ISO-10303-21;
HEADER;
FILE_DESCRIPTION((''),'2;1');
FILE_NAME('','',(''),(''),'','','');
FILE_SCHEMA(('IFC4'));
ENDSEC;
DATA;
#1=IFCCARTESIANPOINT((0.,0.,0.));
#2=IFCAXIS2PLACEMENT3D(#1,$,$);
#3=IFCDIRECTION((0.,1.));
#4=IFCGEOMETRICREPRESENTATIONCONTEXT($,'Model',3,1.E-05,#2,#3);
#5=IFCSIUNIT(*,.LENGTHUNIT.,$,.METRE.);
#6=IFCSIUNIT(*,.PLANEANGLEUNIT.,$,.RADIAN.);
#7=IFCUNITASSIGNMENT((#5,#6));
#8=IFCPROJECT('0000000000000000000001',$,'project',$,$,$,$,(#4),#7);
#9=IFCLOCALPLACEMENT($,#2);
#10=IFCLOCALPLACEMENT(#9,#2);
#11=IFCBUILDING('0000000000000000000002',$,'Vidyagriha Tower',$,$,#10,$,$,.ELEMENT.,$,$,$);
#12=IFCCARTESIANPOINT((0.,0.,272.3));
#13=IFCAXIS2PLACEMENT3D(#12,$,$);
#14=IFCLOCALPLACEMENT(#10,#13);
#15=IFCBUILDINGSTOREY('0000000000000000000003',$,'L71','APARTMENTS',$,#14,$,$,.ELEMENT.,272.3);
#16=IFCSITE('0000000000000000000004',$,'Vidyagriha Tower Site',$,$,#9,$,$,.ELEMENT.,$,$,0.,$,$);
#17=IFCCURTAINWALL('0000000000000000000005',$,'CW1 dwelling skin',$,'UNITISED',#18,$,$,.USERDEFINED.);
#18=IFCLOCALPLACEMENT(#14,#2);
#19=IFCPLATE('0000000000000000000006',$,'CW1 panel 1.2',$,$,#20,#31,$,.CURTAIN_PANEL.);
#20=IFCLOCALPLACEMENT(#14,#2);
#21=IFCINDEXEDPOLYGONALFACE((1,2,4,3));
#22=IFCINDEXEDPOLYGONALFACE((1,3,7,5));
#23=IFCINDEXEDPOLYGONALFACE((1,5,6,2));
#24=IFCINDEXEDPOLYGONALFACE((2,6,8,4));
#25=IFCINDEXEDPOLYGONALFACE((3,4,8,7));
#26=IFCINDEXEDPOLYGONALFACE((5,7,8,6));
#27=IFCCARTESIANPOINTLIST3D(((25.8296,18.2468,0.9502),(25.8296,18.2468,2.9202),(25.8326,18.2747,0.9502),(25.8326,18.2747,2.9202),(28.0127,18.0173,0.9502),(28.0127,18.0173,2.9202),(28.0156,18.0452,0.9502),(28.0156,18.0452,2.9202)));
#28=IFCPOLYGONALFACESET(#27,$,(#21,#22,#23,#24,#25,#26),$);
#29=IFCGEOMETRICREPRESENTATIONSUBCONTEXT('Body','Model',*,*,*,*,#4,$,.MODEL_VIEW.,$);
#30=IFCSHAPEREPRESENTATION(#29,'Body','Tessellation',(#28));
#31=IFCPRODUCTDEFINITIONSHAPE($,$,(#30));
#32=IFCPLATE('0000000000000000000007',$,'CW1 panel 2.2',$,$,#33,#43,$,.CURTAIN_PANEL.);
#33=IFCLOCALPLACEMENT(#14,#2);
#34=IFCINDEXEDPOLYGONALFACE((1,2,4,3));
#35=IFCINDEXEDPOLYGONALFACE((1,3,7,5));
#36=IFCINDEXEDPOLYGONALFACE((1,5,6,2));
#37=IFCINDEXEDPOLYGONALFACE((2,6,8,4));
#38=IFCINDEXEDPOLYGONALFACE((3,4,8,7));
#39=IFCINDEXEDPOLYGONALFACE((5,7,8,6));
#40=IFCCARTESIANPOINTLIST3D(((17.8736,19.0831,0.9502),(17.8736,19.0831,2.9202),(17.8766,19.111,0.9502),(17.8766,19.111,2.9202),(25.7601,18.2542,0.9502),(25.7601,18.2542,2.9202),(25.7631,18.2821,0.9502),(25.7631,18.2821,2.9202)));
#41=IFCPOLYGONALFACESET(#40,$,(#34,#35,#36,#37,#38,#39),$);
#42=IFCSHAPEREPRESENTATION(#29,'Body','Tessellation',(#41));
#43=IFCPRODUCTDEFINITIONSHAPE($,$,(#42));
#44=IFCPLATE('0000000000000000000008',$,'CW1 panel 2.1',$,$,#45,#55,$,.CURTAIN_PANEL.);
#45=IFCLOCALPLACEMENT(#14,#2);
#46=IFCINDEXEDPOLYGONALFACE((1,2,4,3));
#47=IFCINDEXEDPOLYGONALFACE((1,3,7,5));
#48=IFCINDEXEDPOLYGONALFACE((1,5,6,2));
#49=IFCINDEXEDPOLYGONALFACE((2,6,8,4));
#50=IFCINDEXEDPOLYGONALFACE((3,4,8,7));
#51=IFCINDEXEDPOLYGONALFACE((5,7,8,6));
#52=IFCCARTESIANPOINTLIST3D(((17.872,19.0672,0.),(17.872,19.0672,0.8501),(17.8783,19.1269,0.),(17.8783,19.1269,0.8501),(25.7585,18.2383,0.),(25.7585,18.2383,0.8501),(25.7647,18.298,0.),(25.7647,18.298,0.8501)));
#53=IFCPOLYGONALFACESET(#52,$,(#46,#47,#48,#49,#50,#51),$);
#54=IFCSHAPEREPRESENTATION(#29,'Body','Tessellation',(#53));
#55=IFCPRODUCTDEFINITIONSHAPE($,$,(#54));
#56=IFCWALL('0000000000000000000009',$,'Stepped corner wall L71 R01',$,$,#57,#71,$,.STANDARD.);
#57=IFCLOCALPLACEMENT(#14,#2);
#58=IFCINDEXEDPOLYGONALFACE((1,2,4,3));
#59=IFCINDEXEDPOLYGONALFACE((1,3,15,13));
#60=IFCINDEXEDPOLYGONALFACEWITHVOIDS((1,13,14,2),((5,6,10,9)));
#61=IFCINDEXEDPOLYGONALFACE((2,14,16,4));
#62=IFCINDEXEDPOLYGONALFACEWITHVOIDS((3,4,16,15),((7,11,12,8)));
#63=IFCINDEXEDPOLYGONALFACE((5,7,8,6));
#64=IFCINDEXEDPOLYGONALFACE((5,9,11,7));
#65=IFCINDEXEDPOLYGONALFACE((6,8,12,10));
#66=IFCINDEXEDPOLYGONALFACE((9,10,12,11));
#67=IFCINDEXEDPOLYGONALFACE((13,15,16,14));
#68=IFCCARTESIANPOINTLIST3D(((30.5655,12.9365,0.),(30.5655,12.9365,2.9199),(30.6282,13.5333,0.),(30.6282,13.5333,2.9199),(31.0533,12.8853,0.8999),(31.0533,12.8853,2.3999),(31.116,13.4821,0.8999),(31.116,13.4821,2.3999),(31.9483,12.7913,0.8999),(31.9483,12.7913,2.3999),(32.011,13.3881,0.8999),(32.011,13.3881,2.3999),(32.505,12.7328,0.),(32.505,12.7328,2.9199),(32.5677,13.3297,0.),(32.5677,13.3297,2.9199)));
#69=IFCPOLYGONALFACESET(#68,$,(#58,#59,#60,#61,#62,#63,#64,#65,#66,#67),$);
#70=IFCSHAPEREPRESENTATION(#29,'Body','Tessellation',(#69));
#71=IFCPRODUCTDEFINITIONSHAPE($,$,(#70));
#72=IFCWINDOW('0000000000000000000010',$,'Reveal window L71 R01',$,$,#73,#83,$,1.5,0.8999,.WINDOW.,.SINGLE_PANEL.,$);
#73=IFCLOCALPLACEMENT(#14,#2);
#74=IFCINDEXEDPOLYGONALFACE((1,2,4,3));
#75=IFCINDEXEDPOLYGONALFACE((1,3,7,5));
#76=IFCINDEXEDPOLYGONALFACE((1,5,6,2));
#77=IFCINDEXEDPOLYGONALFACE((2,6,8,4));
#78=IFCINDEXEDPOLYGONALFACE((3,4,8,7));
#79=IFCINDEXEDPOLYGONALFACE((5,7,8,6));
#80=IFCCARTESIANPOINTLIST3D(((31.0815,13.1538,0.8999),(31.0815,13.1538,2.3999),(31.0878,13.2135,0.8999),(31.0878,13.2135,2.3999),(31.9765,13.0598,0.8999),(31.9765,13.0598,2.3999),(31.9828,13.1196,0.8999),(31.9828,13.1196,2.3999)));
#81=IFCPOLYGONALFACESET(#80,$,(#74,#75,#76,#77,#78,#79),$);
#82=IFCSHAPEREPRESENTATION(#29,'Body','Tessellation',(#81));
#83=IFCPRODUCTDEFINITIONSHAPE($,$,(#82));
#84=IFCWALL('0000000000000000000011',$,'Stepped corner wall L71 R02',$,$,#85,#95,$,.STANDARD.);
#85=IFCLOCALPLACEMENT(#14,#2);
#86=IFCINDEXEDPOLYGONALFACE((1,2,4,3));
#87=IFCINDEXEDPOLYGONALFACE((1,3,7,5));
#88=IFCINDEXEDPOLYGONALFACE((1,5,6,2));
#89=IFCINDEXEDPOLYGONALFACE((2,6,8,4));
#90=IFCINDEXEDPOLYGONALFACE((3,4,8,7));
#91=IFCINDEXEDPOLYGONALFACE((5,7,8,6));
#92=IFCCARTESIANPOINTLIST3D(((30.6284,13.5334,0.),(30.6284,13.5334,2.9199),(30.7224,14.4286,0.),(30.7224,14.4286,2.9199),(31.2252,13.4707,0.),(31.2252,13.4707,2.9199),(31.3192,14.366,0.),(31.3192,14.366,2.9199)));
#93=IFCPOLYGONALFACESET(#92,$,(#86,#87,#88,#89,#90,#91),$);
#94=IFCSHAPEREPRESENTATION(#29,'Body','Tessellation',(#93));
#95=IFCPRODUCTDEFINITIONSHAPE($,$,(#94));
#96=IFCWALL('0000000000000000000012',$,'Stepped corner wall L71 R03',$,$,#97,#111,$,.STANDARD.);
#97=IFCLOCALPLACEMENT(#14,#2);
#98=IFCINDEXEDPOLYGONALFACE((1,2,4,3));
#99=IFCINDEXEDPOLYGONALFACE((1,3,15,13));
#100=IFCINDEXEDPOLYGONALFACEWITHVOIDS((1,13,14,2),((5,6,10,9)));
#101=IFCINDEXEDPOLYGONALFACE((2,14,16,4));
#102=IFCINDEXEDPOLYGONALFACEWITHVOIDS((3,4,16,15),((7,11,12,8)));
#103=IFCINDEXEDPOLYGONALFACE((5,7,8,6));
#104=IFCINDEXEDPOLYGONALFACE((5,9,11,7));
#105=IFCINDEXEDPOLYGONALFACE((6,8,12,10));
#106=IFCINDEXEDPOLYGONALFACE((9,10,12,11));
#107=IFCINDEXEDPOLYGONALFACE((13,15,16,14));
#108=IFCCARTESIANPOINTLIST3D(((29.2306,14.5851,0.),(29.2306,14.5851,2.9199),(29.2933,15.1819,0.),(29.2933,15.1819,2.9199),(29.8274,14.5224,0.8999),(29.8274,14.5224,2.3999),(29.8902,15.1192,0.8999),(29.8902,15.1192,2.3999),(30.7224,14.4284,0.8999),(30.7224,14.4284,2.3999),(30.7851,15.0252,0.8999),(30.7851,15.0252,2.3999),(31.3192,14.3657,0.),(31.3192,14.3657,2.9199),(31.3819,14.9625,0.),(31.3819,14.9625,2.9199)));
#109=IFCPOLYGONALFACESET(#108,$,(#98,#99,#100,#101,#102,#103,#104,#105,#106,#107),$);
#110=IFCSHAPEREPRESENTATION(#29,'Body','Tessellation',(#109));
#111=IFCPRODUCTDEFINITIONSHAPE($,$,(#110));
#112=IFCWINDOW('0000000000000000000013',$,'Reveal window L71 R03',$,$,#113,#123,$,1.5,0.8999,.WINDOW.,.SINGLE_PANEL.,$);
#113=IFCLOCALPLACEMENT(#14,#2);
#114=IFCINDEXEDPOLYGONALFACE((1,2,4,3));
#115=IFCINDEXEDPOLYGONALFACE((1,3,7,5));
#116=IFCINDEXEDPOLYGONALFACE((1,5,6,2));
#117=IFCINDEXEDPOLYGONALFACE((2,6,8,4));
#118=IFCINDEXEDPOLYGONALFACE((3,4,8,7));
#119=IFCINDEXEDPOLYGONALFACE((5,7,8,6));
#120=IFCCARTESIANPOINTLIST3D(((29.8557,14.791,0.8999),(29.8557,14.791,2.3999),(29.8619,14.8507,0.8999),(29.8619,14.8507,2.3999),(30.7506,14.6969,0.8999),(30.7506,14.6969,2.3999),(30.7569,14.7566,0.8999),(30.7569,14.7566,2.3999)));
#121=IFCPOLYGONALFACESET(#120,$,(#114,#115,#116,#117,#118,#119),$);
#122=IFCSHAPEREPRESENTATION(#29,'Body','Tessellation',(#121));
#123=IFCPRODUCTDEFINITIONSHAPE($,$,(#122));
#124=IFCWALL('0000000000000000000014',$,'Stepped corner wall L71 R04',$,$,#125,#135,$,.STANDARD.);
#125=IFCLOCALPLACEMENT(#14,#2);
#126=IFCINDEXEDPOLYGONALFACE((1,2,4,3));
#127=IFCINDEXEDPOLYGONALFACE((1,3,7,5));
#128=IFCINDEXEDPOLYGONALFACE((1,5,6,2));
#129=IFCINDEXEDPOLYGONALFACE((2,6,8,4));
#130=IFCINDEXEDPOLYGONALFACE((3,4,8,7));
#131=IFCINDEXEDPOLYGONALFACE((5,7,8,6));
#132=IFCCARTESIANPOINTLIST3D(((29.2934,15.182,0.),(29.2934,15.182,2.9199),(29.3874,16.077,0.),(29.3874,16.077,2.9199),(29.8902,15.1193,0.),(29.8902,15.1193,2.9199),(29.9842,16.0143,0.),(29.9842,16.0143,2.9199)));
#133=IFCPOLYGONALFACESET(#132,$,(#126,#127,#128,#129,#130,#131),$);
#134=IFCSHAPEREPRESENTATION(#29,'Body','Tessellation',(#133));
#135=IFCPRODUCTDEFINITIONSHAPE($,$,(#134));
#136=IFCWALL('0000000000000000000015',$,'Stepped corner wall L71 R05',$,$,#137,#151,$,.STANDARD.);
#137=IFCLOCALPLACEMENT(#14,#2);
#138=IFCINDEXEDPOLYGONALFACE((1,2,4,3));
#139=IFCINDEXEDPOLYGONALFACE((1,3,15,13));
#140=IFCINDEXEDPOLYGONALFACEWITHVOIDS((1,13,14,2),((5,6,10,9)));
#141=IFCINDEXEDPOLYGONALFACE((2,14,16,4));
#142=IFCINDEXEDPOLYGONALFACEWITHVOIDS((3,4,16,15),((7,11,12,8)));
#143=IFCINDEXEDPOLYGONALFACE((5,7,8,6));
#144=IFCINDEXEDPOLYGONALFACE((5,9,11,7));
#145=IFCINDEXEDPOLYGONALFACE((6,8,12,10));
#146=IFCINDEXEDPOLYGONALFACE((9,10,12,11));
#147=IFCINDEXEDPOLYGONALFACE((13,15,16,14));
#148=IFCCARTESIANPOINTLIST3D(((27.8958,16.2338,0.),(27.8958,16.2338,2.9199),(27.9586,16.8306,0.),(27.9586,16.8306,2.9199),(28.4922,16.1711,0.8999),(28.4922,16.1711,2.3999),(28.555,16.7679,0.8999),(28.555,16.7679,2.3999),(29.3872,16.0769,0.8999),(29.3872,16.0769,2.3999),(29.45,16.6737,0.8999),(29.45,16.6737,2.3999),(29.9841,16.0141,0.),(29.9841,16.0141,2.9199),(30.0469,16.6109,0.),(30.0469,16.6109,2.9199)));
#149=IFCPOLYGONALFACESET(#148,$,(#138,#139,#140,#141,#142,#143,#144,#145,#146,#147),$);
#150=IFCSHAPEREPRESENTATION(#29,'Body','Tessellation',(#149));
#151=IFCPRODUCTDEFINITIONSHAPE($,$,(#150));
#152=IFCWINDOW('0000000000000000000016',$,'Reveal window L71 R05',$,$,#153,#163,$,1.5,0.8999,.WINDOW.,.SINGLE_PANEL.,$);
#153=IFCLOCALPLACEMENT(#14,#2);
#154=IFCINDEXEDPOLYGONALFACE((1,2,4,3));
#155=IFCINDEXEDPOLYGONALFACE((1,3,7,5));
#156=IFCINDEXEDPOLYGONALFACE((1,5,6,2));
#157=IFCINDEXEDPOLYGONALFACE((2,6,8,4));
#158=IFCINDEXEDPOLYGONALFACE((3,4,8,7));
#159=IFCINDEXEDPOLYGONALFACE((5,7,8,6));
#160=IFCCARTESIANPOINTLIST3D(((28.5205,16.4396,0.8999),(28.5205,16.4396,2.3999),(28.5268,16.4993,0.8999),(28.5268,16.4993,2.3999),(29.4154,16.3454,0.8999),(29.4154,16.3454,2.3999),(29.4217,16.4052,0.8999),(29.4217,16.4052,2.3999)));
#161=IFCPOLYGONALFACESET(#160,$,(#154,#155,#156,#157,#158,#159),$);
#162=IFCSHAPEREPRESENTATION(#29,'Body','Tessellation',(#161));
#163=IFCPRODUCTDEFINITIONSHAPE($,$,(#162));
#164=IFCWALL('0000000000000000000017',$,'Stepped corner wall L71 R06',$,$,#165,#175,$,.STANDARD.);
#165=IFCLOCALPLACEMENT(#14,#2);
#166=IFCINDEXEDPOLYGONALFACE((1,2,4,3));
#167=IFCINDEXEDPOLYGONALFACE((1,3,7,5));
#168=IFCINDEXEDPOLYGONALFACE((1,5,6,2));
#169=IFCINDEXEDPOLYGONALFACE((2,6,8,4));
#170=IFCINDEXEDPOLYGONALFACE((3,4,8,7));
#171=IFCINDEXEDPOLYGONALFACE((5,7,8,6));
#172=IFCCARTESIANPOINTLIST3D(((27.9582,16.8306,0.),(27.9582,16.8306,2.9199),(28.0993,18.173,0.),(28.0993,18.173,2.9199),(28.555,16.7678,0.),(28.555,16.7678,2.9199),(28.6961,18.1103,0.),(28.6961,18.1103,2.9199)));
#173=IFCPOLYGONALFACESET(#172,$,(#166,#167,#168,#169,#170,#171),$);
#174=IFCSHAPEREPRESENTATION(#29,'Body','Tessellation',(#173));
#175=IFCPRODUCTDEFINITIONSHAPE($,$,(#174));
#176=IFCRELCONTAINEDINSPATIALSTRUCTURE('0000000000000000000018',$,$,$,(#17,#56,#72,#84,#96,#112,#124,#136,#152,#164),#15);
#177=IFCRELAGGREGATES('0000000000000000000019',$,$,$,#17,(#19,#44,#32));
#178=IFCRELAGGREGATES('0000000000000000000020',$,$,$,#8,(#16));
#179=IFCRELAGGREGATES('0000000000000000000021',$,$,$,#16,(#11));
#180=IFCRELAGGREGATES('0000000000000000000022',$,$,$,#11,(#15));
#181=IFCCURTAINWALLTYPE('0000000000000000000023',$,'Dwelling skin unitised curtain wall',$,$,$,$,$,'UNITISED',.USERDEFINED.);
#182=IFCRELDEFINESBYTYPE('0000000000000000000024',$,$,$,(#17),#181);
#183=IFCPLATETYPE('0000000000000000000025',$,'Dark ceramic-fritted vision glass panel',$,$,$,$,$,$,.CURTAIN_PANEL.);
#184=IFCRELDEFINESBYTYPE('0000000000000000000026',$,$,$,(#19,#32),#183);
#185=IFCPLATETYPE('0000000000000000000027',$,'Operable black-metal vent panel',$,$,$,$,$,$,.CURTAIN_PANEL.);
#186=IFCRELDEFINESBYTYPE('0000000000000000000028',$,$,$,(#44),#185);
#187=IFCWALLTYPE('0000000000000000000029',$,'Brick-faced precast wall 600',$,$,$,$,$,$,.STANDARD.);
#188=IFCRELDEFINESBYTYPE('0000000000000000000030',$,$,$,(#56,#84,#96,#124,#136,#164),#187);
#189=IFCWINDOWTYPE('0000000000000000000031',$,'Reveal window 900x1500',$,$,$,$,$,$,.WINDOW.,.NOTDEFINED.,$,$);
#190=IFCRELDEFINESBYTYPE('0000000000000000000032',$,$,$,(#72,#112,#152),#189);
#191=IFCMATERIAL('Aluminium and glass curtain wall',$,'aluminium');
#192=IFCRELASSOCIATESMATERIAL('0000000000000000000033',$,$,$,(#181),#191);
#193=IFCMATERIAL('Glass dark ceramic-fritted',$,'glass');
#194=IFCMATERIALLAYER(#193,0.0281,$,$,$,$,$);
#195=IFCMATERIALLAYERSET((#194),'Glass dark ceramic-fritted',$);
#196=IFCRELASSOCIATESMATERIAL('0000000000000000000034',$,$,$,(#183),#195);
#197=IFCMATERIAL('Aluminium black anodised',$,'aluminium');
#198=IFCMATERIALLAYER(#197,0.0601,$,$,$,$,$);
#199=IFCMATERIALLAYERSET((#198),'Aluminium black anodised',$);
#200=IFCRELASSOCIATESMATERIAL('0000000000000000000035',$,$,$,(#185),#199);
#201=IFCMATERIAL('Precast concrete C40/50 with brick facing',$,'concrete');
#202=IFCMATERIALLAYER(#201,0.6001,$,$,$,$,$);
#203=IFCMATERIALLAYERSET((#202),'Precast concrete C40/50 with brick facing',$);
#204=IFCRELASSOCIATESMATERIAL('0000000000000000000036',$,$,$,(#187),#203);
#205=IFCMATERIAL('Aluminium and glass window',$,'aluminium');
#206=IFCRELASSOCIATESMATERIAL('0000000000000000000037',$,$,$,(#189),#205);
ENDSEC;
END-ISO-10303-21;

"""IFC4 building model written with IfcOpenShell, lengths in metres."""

from ifc_helpers import new_model, si_unit, direction, frame, frame_2d, origin, origin_2d, place, context, subcontext, project, spatial, rectangle, extrude, material, layer, layer_set, type_object, element, fill, aggregate, save


model = new_model("IFC4")

# Units and contexts
model_context = context("Model", 3, precision=1e-05, world=origin(), true_north=direction((0.0, 1.0)))
body_context = subcontext(model_context, "Body", "Model", "MODEL_VIEW")
ifc_project = project(units=[si_unit("LENGTHUNIT", "METRE"), si_unit("PLANEANGLEUNIT", "RADIAN")], contexts=[model_context])

# Site, building, storey
site_placement = place(None, origin())
site = spatial("IfcSite", under=ifc_project, at=site_placement, Name="Vidyagriha Tower Site", CompositionType="ELEMENT", RefElevation=0.0)
building_placement = place(site_placement, origin())
building = spatial("IfcBuilding", under=site, at=building_placement, Name="Vidyagriha Tower", CompositionType="ELEMENT")
storey_placement = place(building_placement, frame((0.0, 0.0, 272.3)))
storey = spatial("IfcBuildingStorey", under=building, at=storey_placement, Name="L71", Description="APARTMENTS", CompositionType="ELEMENT", Elevation=272.3)

# Curtain wall, plates
ifc_material_1 = material(Name="Aluminium and glass curtain wall", Category="aluminium")
curtain_wall_type = type_object("IfcCurtainWallType", Name="Dwelling skin unitised curtain wall", ElementType="UNITISED", PredefinedType="USERDEFINED", material=ifc_material_1)
curtain_wall_placement = place(storey_placement, origin())
curtain_wall = element("IfcCurtainWall", 1, at=curtain_wall_placement, inside=storey, type_object=curtain_wall_type, Name="CW1 dwelling skin", ObjectType="UNITISED", PredefinedType="USERDEFINED")
ifc_material_2 = material(Name="Glass dark ceramic-fritted", Category="glass")
ifc_layer_1 = layer(ifc_material_2, 0.0281)
ifc_layer_set_1 = layer_set([ifc_layer_1], Name="Glass dark ceramic-fritted")
plate_type_1 = type_object("IfcPlateType", Name="Dark ceramic-fritted vision glass panel", PredefinedType="CURTAIN_PANEL", material=ifc_layer_set_1)
plate_1_placement = place(storey_placement, frame((26.9226, 18.146, 0.9502), z_axis=(0.0, 0.0, 1.0), x_axis=(-0.994522, 0.104529, 0.0)))
plate_1 = element("IfcPlate", 2, at=plate_1_placement, type_object=plate_type_1, Name="CW1 panel 1.2", PredefinedType="CURTAIN_PANEL", context=body_context, shape_type="SweptSolid", body=[
    extrude(rectangle(XDim=2.1951, YDim=0.0281, at=origin_2d()), origin(), (0.0, 0.0, 1.0), 1.97),
])
plate_2_placement = place(storey_placement, frame((21.8184, 18.6826, 0.9502), z_axis=(0.0, 0.0, 1.0), x_axis=(-0.994522, 0.104529, 0.0)))
plate_2 = element("IfcPlate", 3, at=plate_2_placement, type_object=plate_type_1, Name="CW1 panel 2.2", PredefinedType="CURTAIN_PANEL", context=body_context, shape_type="SweptSolid", body=[
    extrude(rectangle(XDim=7.9299, YDim=0.0281, at=origin_2d()), origin(), (0.0, 0.0, 1.0), 1.97),
])
ifc_material_3 = material(Name="Aluminium black anodised", Category="aluminium")
ifc_layer_2 = layer(ifc_material_3, 0.0601)
ifc_layer_set_2 = layer_set([ifc_layer_2], Name="Aluminium black anodised")
plate_type_2 = type_object("IfcPlateType", Name="Operable black-metal vent panel", PredefinedType="CURTAIN_PANEL", material=ifc_layer_set_2)
plate_3_placement = place(storey_placement, frame((21.8184, 18.6826, 0.0), z_axis=(0.0, 0.0, 1.0), x_axis=(-0.994522, 0.104529, 0.0)))
plate_3 = element("IfcPlate", 4, at=plate_3_placement, type_object=plate_type_2, Name="CW1 panel 2.1", PredefinedType="CURTAIN_PANEL", context=body_context, shape_type="SweptSolid", body=[
    extrude(rectangle(XDim=7.9299, YDim=0.0601, at=origin_2d()), origin(), (0.0, 0.0, 1.0), 0.8501),
])
aggregate(curtain_wall, [plate_1, plate_3, plate_2])

# Wall, opening, window
ifc_material_4 = material(Name="Precast concrete C40/50 with brick facing", Category="concrete")
ifc_layer_3 = layer(ifc_material_4, 0.6001)
ifc_layer_set_3 = layer_set([ifc_layer_3], Name="Precast concrete C40/50 with brick facing")
wall_type_1 = type_object("IfcWallType", Name="Brick-faced precast wall 600", PredefinedType="STANDARD", material=ifc_layer_set_3)
wall_1_placement = place(storey_placement, frame((32.5364, 13.0312, 0.0), z_axis=(0.0, 0.0, 1.0), x_axis=(-0.994534, 0.104411, 0.0)))
wall_1 = element("IfcWall", 5, at=wall_1_placement, inside=storey, type_object=wall_type_1, Name="Stepped corner wall L71 R01", PredefinedType="STANDARD", context=body_context, shape_type="SweptSolid", body=[
    extrude(rectangle(XDim=1.9502, YDim=0.6001, at=frame_2d((0.9751, 0.0))), origin(), (0.0, 0.0, 1.0), 2.9199),
])
opening_1_placement = place(wall_1_placement, frame((0.5598, 0.0, 0.8999)))
opening_1 = element("IfcOpeningElement", 6, at=opening_1_placement, cuts=wall_1, PredefinedType="OPENING", context=body_context, shape_type="SweptSolid", body=[
    extrude(rectangle(XDim=0.8999, YDim=1.5, at=frame_2d((0.45, 0.75))), frame((0.0, 0.3101, 0.0), z_axis=(0.0, -1.0, 0.0), x_axis=(1.0, 0.0, 0.0)), (0.0, 0.0, 1.0), 0.6201),
])
ifc_material_5 = material(Name="Aluminium and glass window", Category="aluminium")
window_type = type_object("IfcWindowType", Name="Reveal window 900x1500", PartitioningType="NOTDEFINED", PredefinedType="WINDOW", material=ifc_material_5)
window_1_placement = place(opening_1_placement, origin())
window_1 = element("IfcWindow", 7, at=window_1_placement, inside=storey, type_object=window_type, Name="Reveal window L71 R01", OverallHeight=1.5, OverallWidth=0.8999, PartitioningType="SINGLE_PANEL", PredefinedType="WINDOW", context=body_context, shape_type="SweptSolid", body=[
    extrude(rectangle(XDim=0.8999, YDim=1.5, at=frame_2d((0.45, 0.75))), frame((0.0, 0.03, 0.0), z_axis=(0.0, -1.0, 0.0), x_axis=(1.0, 0.0, 0.0)), (0.0, 0.0, 1.0), 0.0601),
])
fill(opening_1, window_1)

# Wall
wall_2_placement = place(storey_placement, frame((30.9268, 13.502, 0.0), z_axis=(0.0, 0.0, 1.0), x_axis=(0.104417, 0.994534, 0.0)))
element("IfcWall", 8, at=wall_2_placement, inside=storey, type_object=wall_type_1, Name="Stepped corner wall L71 R02", PredefinedType="STANDARD", context=body_context, shape_type="SweptSolid", body=[
    extrude(rectangle(XDim=0.9001, YDim=0.6001, at=frame_2d((0.4502, 0.0))), origin(), (0.0, 0.0, 1.0), 2.9199),
])

# Wall, opening, window
wall_3_placement = place(storey_placement, frame((31.3506, 14.6641, 0.0), z_axis=(0.0, 0.0, 1.0), x_axis=(-0.994524, 0.104509, 0.0)))
wall_3 = element("IfcWall", 9, at=wall_3_placement, inside=storey, type_object=wall_type_1, Name="Stepped corner wall L71 R03", PredefinedType="STANDARD", context=body_context, shape_type="SweptSolid", body=[
    extrude(rectangle(XDim=2.1001, YDim=0.6001, at=frame_2d((1.05, 0.0))), origin(), (0.0, 0.0, 1.0), 2.9199),
])
opening_2_placement = place(wall_3_placement, frame((0.6001, 0.0, 0.8999)))
opening_2 = element("IfcOpeningElement", 10, at=opening_2_placement, cuts=wall_3, PredefinedType="OPENING", context=body_context, shape_type="SweptSolid", body=[
    extrude(rectangle(XDim=0.8999, YDim=1.5, at=frame_2d((0.45, 0.75))), frame((0.0, 0.3101, 0.0), z_axis=(0.0, -1.0, 0.0), x_axis=(1.0, 0.0, 0.0)), (0.0, 0.0, 1.0), 0.6201),
])
window_2_placement = place(opening_2_placement, origin())
window_2 = element("IfcWindow", 11, at=window_2_placement, inside=storey, type_object=window_type, Name="Reveal window L71 R03", OverallHeight=1.5, OverallWidth=0.8999, PartitioningType="SINGLE_PANEL", PredefinedType="WINDOW", context=body_context, shape_type="SweptSolid", body=[
    extrude(rectangle(XDim=0.8999, YDim=1.5, at=frame_2d((0.45, 0.75))), frame((0.0, 0.03, 0.0), z_axis=(0.0, -1.0, 0.0), x_axis=(1.0, 0.0, 0.0)), (0.0, 0.0, 1.0), 0.0601),
])
fill(opening_2, window_2)

# Wall
wall_4_placement = place(storey_placement, frame((29.5918, 15.1506, 0.0), z_axis=(0.0, 0.0, 1.0), x_axis=(0.104445, 0.994531, 0.0)))
element("IfcWall", 12, at=wall_4_placement, inside=storey, type_object=wall_type_1, Name="Stepped corner wall L71 R04", PredefinedType="STANDARD", context=body_context, shape_type="SweptSolid", body=[
    extrude(rectangle(XDim=0.8999, YDim=0.6001, at=frame_2d((0.45, 0.0))), origin(), (0.0, 0.0, 1.0), 2.9199),
])

# Wall, opening, window
wall_5_placement = place(storey_placement, frame((30.0154, 16.3125, 0.0), z_axis=(0.0, 0.0, 1.0), x_axis=(-0.994511, 0.104636, 0.0)))
wall_5 = element("IfcWall", 13, at=wall_5_placement, inside=storey, type_object=wall_type_1, Name="Stepped corner wall L71 R05", PredefinedType="STANDARD", context=body_context, shape_type="SweptSolid", body=[
    extrude(rectangle(XDim=2.0999, YDim=0.6001, at=frame_2d((1.0498, 0.0))), origin(), (0.0, 0.0, 1.0), 2.9199),
])
opening_3_placement = place(wall_5_placement, frame((0.6001, 0.0, 0.8999)))
opening_3 = element("IfcOpeningElement", 14, at=opening_3_placement, cuts=wall_5, PredefinedType="OPENING", context=body_context, shape_type="SweptSolid", body=[
    extrude(rectangle(XDim=0.8999, YDim=1.5, at=frame_2d((0.45, 0.75))), frame((0.0, 0.3101, 0.0), z_axis=(0.0, -1.0, 0.0), x_axis=(1.0, 0.0, 0.0)), (0.0, 0.0, 1.0), 0.6201),
])
window_3_placement = place(opening_3_placement, origin())
window_3 = element("IfcWindow", 15, at=window_3_placement, inside=storey, type_object=window_type, Name="Reveal window L71 R05", OverallHeight=1.5, OverallWidth=0.8999, PartitioningType="SINGLE_PANEL", PredefinedType="WINDOW", context=body_context, shape_type="SweptSolid", body=[
    extrude(rectangle(XDim=0.8999, YDim=1.5, at=frame_2d((0.45, 0.75))), frame((0.0, 0.03, 0.0), z_axis=(0.0, -1.0, 0.0), x_axis=(1.0, 0.0, 0.0)), (0.0, 0.0, 1.0), 0.0601),
])
fill(opening_3, window_3)

# Wall
wall_6_placement = place(storey_placement, frame((28.2566, 16.7993, 0.0), z_axis=(0.0, 0.0, 1.0), x_axis=(0.104534, 0.994521, 0.0)))
element("IfcWall", 16, at=wall_6_placement, inside=storey, type_object=wall_type_1, Name="Stepped corner wall L71 R06", PredefinedType="STANDARD", context=body_context, shape_type="SweptSolid", body=[
    extrude(rectangle(XDim=1.3499, YDim=0.6001, at=frame_2d((0.6748, 0.0))), origin(), (0.0, 0.0, 1.0), 2.9199),
])

save(model, "model.ifc")
